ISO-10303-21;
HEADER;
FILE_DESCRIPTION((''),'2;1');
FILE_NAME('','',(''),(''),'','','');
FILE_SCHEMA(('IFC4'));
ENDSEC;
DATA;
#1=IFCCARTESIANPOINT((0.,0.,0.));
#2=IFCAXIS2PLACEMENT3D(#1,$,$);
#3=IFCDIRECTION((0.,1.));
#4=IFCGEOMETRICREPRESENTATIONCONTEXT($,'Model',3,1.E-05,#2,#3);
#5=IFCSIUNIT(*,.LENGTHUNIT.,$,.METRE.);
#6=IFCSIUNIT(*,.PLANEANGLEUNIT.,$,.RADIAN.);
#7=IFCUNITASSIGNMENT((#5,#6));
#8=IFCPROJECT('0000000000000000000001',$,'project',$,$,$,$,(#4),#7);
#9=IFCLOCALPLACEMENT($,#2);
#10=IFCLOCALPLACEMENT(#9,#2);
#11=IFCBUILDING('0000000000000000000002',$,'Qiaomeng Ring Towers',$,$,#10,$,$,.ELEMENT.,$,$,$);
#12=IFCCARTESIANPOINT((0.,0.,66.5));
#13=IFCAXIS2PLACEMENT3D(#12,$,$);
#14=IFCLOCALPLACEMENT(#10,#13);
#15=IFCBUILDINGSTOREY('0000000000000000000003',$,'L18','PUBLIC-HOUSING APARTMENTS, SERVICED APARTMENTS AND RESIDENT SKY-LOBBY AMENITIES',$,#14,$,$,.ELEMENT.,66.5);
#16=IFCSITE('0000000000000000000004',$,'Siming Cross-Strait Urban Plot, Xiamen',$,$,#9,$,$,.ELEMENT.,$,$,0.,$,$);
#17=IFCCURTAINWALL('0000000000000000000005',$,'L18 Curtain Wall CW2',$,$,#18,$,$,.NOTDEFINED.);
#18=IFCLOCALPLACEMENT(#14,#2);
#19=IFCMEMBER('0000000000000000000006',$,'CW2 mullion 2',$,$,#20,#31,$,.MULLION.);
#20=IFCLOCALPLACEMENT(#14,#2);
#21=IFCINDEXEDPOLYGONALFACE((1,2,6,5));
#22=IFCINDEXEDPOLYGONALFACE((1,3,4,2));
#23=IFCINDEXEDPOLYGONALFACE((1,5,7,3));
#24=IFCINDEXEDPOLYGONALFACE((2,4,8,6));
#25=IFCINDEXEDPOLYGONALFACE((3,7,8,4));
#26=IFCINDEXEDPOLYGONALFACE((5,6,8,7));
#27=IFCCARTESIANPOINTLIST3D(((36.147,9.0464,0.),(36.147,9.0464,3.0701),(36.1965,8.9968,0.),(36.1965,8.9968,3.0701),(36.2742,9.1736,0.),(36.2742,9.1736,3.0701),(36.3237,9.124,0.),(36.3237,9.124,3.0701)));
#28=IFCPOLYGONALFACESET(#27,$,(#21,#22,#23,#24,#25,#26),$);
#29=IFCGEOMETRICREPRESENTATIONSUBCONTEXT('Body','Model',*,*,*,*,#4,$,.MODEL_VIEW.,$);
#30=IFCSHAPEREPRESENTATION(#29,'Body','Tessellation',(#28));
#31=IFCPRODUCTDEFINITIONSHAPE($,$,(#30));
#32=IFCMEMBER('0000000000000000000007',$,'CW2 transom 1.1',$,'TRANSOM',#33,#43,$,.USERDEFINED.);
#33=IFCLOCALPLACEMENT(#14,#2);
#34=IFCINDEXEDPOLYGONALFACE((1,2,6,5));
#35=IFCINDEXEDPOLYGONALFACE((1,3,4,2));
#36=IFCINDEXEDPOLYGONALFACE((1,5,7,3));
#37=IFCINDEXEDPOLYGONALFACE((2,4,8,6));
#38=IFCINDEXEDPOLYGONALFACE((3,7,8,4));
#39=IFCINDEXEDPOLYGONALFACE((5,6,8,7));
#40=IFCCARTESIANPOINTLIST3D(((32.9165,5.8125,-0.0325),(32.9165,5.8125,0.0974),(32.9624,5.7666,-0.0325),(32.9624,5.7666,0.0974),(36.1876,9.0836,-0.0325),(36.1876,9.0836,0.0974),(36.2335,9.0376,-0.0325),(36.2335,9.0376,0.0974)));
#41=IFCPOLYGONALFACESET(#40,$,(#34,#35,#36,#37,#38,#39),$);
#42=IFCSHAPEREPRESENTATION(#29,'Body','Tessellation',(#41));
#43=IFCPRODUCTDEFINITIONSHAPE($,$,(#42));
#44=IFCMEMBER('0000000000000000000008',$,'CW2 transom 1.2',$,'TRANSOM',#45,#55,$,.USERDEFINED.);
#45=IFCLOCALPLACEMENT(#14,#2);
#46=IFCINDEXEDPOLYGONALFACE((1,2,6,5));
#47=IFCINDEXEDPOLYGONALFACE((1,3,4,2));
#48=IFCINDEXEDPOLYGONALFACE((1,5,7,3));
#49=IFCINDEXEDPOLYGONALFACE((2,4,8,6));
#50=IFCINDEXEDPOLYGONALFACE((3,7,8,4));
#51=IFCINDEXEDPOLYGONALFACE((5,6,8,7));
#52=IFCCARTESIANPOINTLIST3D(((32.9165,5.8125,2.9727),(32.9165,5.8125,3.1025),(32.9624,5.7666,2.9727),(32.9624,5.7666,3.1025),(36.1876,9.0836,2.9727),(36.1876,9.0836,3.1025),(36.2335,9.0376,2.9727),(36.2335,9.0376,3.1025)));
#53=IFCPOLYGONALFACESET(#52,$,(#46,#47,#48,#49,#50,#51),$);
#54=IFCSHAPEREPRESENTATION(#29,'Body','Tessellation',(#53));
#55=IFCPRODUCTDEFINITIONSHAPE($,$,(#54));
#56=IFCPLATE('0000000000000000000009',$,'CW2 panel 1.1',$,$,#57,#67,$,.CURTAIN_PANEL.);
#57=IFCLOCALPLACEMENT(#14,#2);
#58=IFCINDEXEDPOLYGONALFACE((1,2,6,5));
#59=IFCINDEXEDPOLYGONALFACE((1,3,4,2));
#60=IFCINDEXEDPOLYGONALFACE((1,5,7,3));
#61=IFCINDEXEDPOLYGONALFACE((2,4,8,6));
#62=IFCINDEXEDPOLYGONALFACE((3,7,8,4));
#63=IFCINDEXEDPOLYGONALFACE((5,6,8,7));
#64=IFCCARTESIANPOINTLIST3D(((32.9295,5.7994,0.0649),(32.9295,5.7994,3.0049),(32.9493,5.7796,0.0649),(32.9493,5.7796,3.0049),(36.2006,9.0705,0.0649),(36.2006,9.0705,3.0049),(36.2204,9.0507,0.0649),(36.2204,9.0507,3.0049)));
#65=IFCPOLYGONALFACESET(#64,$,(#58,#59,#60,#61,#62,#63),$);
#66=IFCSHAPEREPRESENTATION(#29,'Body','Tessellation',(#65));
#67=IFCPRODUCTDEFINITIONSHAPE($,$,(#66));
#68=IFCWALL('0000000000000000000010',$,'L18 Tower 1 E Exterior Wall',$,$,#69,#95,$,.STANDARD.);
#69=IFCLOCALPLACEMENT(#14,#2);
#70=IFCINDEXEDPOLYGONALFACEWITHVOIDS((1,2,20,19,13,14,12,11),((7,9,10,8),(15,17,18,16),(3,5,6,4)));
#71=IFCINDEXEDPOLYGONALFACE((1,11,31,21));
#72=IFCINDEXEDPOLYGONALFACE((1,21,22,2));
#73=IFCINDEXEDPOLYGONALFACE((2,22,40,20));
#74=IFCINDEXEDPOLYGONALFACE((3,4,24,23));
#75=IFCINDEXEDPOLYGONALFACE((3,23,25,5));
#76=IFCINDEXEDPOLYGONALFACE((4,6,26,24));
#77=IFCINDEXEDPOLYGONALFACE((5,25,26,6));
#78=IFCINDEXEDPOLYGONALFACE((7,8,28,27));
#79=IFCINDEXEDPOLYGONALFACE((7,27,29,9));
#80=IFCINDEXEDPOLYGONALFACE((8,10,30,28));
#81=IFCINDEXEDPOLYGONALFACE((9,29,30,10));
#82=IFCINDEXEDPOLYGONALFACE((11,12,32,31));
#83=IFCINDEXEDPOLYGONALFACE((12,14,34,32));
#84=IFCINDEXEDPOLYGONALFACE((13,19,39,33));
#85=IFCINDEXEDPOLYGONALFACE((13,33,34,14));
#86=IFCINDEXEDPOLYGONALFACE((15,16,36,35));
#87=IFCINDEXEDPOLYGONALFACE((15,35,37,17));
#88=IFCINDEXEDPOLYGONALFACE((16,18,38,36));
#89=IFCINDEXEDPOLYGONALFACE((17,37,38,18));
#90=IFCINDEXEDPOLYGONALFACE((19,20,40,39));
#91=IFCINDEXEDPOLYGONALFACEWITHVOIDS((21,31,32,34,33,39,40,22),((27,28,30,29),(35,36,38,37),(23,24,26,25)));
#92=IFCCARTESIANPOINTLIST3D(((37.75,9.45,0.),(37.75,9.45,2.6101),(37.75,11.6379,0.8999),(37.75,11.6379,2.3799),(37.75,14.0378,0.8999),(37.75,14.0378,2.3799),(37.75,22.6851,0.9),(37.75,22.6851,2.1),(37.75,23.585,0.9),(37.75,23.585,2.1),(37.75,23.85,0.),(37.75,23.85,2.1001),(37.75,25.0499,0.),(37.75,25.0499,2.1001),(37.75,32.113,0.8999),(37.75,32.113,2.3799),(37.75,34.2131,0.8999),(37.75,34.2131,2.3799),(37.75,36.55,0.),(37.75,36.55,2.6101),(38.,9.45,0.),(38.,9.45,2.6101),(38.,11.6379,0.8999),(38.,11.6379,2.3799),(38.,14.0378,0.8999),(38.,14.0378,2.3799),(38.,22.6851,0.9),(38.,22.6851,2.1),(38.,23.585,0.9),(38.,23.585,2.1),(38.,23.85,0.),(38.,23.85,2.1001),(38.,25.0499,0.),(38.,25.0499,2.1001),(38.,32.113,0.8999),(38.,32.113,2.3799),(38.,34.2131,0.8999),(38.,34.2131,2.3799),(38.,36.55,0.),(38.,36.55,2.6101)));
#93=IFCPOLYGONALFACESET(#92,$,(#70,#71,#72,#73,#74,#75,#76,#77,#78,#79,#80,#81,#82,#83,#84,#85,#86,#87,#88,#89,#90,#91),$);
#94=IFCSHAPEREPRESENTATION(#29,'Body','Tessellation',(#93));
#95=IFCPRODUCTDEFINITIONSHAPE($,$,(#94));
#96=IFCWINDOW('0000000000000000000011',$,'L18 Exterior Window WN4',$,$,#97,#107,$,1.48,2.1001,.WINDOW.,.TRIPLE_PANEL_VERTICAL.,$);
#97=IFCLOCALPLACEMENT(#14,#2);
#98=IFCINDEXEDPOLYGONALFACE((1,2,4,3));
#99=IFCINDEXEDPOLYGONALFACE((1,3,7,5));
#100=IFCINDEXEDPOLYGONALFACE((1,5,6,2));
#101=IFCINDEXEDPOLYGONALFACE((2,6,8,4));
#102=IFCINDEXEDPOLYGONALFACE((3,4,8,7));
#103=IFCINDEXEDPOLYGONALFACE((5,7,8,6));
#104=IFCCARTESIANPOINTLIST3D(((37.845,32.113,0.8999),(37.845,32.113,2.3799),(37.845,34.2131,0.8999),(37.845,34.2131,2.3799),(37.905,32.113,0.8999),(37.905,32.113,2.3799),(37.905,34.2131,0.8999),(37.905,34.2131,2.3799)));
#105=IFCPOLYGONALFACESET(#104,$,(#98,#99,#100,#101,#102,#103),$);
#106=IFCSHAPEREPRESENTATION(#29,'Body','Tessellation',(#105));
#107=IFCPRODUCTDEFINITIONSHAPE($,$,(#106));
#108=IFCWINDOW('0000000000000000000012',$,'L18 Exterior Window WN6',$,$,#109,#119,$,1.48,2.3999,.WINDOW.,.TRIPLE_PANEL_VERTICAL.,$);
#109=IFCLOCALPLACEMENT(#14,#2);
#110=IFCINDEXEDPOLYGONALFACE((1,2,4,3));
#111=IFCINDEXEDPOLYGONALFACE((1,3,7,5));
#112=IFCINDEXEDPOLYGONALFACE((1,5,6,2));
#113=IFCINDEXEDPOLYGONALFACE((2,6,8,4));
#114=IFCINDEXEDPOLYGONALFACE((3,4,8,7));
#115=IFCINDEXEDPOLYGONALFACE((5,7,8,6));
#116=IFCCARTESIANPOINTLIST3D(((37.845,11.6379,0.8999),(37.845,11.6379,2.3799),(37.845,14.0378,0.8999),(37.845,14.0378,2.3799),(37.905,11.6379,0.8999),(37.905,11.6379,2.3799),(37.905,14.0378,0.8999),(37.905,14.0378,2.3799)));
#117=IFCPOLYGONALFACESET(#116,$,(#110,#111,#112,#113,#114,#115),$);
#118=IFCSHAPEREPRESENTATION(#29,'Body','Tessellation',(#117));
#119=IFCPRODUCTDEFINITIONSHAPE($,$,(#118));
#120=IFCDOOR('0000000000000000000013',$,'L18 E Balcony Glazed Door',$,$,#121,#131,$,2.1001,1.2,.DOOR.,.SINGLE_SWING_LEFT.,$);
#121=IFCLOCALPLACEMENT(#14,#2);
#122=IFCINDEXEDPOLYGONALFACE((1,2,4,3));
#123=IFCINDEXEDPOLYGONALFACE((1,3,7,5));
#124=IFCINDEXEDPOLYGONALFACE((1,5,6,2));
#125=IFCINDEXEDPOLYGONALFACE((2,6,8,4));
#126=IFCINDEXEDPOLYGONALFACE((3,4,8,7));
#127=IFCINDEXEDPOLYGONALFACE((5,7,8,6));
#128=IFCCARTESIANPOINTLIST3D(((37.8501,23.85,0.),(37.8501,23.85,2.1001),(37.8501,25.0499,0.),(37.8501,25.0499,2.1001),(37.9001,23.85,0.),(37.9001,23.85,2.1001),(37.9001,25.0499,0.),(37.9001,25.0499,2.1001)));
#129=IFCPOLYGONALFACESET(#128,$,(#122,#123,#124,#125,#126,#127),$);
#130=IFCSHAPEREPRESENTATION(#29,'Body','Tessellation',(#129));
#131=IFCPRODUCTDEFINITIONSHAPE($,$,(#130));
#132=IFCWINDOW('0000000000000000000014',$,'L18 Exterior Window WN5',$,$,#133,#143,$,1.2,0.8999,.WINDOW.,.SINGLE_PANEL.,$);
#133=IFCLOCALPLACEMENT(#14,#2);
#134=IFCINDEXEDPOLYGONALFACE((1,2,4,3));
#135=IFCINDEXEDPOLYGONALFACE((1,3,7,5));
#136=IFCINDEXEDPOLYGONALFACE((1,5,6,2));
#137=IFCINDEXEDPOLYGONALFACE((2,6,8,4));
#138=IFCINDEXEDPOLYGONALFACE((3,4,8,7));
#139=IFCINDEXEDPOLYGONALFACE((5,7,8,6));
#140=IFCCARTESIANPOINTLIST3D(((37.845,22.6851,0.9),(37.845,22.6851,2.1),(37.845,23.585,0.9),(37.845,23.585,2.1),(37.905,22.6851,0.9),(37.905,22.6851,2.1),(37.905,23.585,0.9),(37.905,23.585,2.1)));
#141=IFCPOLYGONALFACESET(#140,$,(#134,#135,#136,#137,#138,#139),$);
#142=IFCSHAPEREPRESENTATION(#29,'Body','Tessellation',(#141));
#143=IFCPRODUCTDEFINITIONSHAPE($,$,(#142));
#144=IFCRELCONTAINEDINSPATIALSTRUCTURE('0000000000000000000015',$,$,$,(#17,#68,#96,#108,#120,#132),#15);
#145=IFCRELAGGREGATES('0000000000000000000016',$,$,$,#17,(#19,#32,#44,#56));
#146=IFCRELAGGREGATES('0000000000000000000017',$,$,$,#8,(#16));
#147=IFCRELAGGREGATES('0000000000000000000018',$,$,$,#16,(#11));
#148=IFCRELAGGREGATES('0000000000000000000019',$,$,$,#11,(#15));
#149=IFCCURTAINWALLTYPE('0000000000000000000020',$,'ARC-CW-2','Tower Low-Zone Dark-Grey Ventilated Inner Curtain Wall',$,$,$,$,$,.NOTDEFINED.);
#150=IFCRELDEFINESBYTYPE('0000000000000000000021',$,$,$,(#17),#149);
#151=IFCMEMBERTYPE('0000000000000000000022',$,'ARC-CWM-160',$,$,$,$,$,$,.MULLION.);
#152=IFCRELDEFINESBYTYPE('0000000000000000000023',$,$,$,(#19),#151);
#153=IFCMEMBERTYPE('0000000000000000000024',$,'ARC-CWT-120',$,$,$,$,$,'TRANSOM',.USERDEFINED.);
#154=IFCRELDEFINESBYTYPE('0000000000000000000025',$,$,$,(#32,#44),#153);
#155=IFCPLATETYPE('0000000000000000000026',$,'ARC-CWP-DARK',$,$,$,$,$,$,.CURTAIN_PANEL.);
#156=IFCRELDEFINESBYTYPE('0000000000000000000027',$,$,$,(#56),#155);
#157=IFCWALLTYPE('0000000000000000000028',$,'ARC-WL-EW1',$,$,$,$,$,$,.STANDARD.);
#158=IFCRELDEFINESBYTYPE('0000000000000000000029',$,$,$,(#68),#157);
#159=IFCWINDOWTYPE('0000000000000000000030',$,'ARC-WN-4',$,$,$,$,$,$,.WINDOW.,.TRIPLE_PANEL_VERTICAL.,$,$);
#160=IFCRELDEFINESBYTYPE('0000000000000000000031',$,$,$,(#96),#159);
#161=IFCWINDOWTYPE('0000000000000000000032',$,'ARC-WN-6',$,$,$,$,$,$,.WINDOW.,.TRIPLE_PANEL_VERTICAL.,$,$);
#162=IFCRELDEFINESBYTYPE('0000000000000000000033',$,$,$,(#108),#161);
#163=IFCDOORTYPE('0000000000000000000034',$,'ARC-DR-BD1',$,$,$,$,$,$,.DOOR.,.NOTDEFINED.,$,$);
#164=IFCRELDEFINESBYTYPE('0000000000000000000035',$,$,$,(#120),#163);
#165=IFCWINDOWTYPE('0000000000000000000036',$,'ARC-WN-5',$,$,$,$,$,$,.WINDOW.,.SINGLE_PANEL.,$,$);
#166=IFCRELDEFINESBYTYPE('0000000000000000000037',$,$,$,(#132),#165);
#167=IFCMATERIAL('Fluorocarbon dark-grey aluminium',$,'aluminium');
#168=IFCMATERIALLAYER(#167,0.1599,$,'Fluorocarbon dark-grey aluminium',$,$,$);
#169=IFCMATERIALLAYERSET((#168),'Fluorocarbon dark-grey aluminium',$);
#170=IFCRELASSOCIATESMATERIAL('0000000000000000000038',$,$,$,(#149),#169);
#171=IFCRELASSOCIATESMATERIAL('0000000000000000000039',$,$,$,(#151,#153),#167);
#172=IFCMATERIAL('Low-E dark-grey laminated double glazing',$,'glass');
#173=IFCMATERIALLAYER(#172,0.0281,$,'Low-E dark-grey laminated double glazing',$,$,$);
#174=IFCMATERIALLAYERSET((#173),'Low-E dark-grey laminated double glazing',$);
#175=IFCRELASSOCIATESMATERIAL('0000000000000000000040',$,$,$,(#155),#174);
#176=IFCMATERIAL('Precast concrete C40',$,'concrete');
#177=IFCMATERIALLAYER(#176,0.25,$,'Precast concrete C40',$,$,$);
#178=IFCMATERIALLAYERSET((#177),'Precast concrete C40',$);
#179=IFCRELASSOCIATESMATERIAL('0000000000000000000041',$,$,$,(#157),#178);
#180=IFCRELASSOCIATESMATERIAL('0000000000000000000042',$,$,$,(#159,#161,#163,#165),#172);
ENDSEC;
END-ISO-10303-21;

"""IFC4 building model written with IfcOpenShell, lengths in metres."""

from ifc_helpers import new_model, si_unit, direction, frame, frame_2d, origin, origin_2d, place, context, subcontext, project, spatial, rectangle, extrude, source, transform, mapped, material, layer, layer_set, material_profile, profile_set, type_object, element, fill, aggregate, save


model = new_model("IFC4")

# Units and contexts
model_context = context("Model", 3, precision=1e-05, world=origin(), true_north=direction((0.0, 1.0)))
body_context = subcontext(model_context, "Body", "Model", "MODEL_VIEW")
ifc_project = project(units=[si_unit("LENGTHUNIT", "METRE"), si_unit("PLANEANGLEUNIT", "RADIAN")], contexts=[model_context])

# Site, building, storey
site_placement = place(None, origin())
site = spatial("IfcSite", under=ifc_project, at=site_placement, Name="Siming Cross-Strait Urban Plot, Xiamen", CompositionType="ELEMENT", RefElevation=0.0)
building_placement = place(site_placement, origin())
building = spatial("IfcBuilding", under=site, at=building_placement, Name="Qiaomeng Ring Towers", CompositionType="ELEMENT")
storey_placement = place(building_placement, frame((0.0, 0.0, 66.5)))
storey = spatial("IfcBuildingStorey", under=building, at=storey_placement, Name="L18", Description="PUBLIC-HOUSING APARTMENTS, SERVICED APARTMENTS AND RESIDENT SKY-LOBBY AMENITIES", CompositionType="ELEMENT", Elevation=66.5)

# Curtain wall, members, plate
ifc_material_1 = material(Name="Fluorocarbon dark-grey aluminium", Category="aluminium")
ifc_layer_1 = layer(ifc_material_1, 0.1599, Name="Fluorocarbon dark-grey aluminium")
ifc_layer_set_1 = layer_set([ifc_layer_1], Name="Fluorocarbon dark-grey aluminium")
curtain_wall_type = type_object("IfcCurtainWallType", Name="ARC-CW-2", Description="Tower Low-Zone Dark-Grey Ventilated Inner Curtain Wall", PredefinedType="NOTDEFINED", material=ifc_layer_set_1)
curtain_wall_placement = place(storey_placement, origin())
curtain_wall = element("IfcCurtainWall", 1, at=curtain_wall_placement, inside=storey, type_object=curtain_wall_type, Name="L18 Curtain Wall CW2", PredefinedType="NOTDEFINED")
ifc_material_profile_1 = material_profile(ifc_material_1, rectangle(XDim=0.0701, YDim=0.1799, at=origin_2d()), Name="ALU MULL 70x180")
ifc_profile_set_1 = profile_set([ifc_material_profile_1], Name="Fluorocarbon dark-grey aluminium")
member_type_1 = type_object("IfcMemberType", Name="ARC-CWM-160", PredefinedType="MULLION", material=ifc_profile_set_1)
shared_shape_1 = source(origin(), body_context, "Body", "SweptSolid", [
    extrude(rectangle(XDim=0.0701, YDim=0.1799, at=origin_2d()), origin(), (0.0, 0.0, 1.0), 3.0701),
])
member_1_placement = place(storey_placement, frame((36.2354, 9.0852, 0.0), z_axis=(0.0, 0.0, 1.0), x_axis=(-0.707107, 0.707107, 0.0)))
member_1 = element("IfcMember", 2, at=member_1_placement, type_object=member_type_1, Name="CW2 mullion 2", PredefinedType="MULLION", context=body_context, shape_type="MappedRepresentation", body=[
    mapped(shared_shape_1, transform((0.0, 0.0, 0.0), x_axis=(1.0, 0.0, 0.0), y_axis=(0.0, 1.0, 0.0), z_axis=(0.0, 0.0, 1.0), scale=1.0)),
])
ifc_material_profile_2 = material_profile(ifc_material_1, rectangle(XDim=0.0649, YDim=0.1299, at=origin_2d()), Name="ALU TRAN 65x130")
ifc_profile_set_2 = profile_set([ifc_material_profile_2], Name="Fluorocarbon dark-grey aluminium")
member_type_2 = type_object("IfcMemberType", Name="ARC-CWT-120", ElementType="TRANSOM", PredefinedType="USERDEFINED", material=ifc_profile_set_2)
shared_shape_2 = source(origin(), body_context, "Body", "SweptSolid", [
    extrude(rectangle(XDim=0.0649, YDim=0.1299, at=origin_2d()), origin(), (0.0, 0.0, 1.0), 4.626),
])
member_2_placement = place(storey_placement, frame((32.9395, 5.7896, 0.0325), z_axis=(0.707107, 0.707107, 0.0), x_axis=(-0.707107, 0.707107, 0.0)))
member_2 = element("IfcMember", 3, at=member_2_placement, type_object=member_type_2, Name="CW2 transom 1.1", ObjectType="TRANSOM", PredefinedType="USERDEFINED", context=body_context, shape_type="MappedRepresentation", body=[
    mapped(shared_shape_2, transform((0.0, 0.0, 0.0), x_axis=(1.0, 0.0, 0.0), y_axis=(0.0, 1.0, 0.0), z_axis=(0.0, 0.0, 1.0), scale=1.0)),
])
member_3_placement = place(storey_placement, frame((32.9395, 5.7896, 3.0376), z_axis=(0.707107, 0.707107, 0.0), x_axis=(-0.707107, 0.707107, 0.0)))
member_3 = element("IfcMember", 4, at=member_3_placement, type_object=member_type_2, Name="CW2 transom 1.2", ObjectType="TRANSOM", PredefinedType="USERDEFINED", context=body_context, shape_type="MappedRepresentation", body=[
    mapped(shared_shape_2, transform((0.0, 0.0, 0.0), x_axis=(1.0, 0.0, 0.0), y_axis=(0.0, 1.0, 0.0), z_axis=(0.0, 0.0, 1.0), scale=1.0)),
])
ifc_material_2 = material(Name="Low-E dark-grey laminated double glazing", Category="glass")
ifc_layer_2 = layer(ifc_material_2, 0.0281, Name="Low-E dark-grey laminated double glazing")
ifc_layer_set_2 = layer_set([ifc_layer_2], Name="Low-E dark-grey laminated double glazing")
plate_type = type_object("IfcPlateType", Name="ARC-CWP-DARK", PredefinedType="CURTAIN_PANEL", material=ifc_layer_set_2)
shared_shape_3 = source(origin(), body_context, "Body", "SweptSolid", [
    extrude(rectangle(XDim=4.626, YDim=0.0281, at=origin_2d()), origin(), (0.0, 0.0, 1.0), 2.9399),
])
plate_placement = place(storey_placement, frame((34.575, 7.425, 0.0649), z_axis=(0.0, 0.0, 1.0), x_axis=(0.707107, 0.707107, 0.0)))
plate = element("IfcPlate", 5, at=plate_placement, type_object=plate_type, Name="CW2 panel 1.1", PredefinedType="CURTAIN_PANEL", context=body_context, shape_type="MappedRepresentation", body=[
    mapped(shared_shape_3, transform((0.0, 0.0, 0.0), x_axis=(1.0, 0.0, 0.0), y_axis=(0.0, 1.0, 0.0), z_axis=(0.0, 0.0, 1.0), scale=1.0)),
])
aggregate(curtain_wall, [member_1, member_2, member_3, plate])

# Wall, openings, windows, door
ifc_material_3 = material(Name="Precast concrete C40", Category="concrete")
ifc_layer_3 = layer(ifc_material_3, 0.25, Name="Precast concrete C40")
ifc_layer_set_3 = layer_set([ifc_layer_3], Name="Precast concrete C40")
wall_type_1 = type_object("IfcWallType", Name="ARC-WL-EW1", PredefinedType="STANDARD", material=ifc_layer_set_3)
wall_1_placement = place(storey_placement, frame((37.875, 9.45, 0.0), z_axis=(0.0, 0.0, 1.0), x_axis=(0.0, 1.0, 0.0)))
wall_1 = element("IfcWall", 6, at=wall_1_placement, inside=storey, type_object=wall_type_1, Name="L18 Tower 1 E Exterior Wall", PredefinedType="STANDARD", context=body_context, shape_type="SweptSolid", body=[
    extrude(rectangle(XDim=27.1001, YDim=0.25, at=frame_2d((13.55, 0.0))), origin(), (0.0, 0.0, 1.0), 2.6101),
])
opening_1_placement = place(wall_1_placement, frame((14.3999, 0.0, 0.0)))
opening_1 = element("IfcOpeningElement", 7, at=opening_1_placement, cuts=wall_1, PredefinedType="OPENING", context=body_context, shape_type="SweptSolid", body=[
    extrude(rectangle(XDim=1.2, YDim=2.1001, at=frame_2d((0.6001, 1.05))), frame((0.0, 0.135, 0.0), z_axis=(0.0, -1.0, 0.0), x_axis=(1.0, 0.0, 0.0)), (0.0, 0.0, 1.0), 0.27),
])
opening_2_placement = place(wall_1_placement, frame((2.188, 0.0, 0.8999)))
opening_2 = element("IfcOpeningElement", 8, at=opening_2_placement, cuts=wall_1, PredefinedType="OPENING", context=body_context, shape_type="SweptSolid", body=[
    extrude(rectangle(XDim=2.3999, YDim=1.48, at=frame_2d((1.2, 0.74))), frame((0.0, 0.135, 0.0), z_axis=(0.0, -1.0, 0.0), x_axis=(1.0, 0.0, 0.0)), (0.0, 0.0, 1.0), 0.27),
])
opening_3_placement = place(wall_1_placement, frame((22.6631, 0.0, 0.8999)))
opening_3 = element("IfcOpeningElement", 9, at=opening_3_placement, cuts=wall_1, PredefinedType="OPENING", context=body_context, shape_type="SweptSolid", body=[
    extrude(rectangle(XDim=2.1001, YDim=1.48, at=frame_2d((1.05, 0.74))), frame((0.0, 0.135, 0.0), z_axis=(0.0, -1.0, 0.0), x_axis=(1.0, 0.0, 0.0)), (0.0, 0.0, 1.0), 0.27),
])
opening_4_placement = place(wall_1_placement, frame((13.2351, 0.0, 0.8999)))
opening_4 = element("IfcOpeningElement", 10, at=opening_4_placement, cuts=wall_1, PredefinedType="OPENING", context=body_context, shape_type="SweptSolid", body=[
    extrude(rectangle(XDim=0.8999, YDim=1.2, at=frame_2d((0.45, 0.6001))), frame((0.0, 0.135, 0.0), z_axis=(0.0, -1.0, 0.0), x_axis=(1.0, 0.0, 0.0)), (0.0, 0.0, 1.0), 0.27),
])
window_type_1 = type_object("IfcWindowType", Name="ARC-WN-4", PartitioningType="TRIPLE_PANEL_VERTICAL", PredefinedType="WINDOW", material=ifc_material_2)
shared_shape_4 = source(origin(), body_context, "Body", "SweptSolid", [
    extrude(rectangle(XDim=2.1001, YDim=1.48, at=frame_2d((1.05, 0.74))), frame((0.0, 0.03, 0.0), z_axis=(0.0, -1.0, 0.0), x_axis=(1.0, 0.0, 0.0)), (0.0, 0.0, 1.0), 0.0601),
])
window_1_placement = place(opening_3_placement, origin())
window_1 = element("IfcWindow", 11, at=window_1_placement, inside=storey, type_object=window_type_1, Name="L18 Exterior Window WN4", OverallHeight=1.48, OverallWidth=2.1001, PartitioningType="TRIPLE_PANEL_VERTICAL", PredefinedType="WINDOW", context=body_context, shape_type="MappedRepresentation", body=[
    mapped(shared_shape_4, transform((0.0, 0.0, 0.0), x_axis=(1.0, 0.0, 0.0), y_axis=(0.0, 1.0, 0.0), z_axis=(0.0, 0.0, 1.0), scale=1.0)),
])
fill(opening_3, window_1)
window_type_2 = type_object("IfcWindowType", Name="ARC-WN-6", PartitioningType="TRIPLE_PANEL_VERTICAL", PredefinedType="WINDOW", material=ifc_material_2)
shared_shape_5 = source(origin(), body_context, "Body", "SweptSolid", [
    extrude(rectangle(XDim=2.3999, YDim=1.48, at=frame_2d((1.2, 0.74))), frame((0.0, 0.03, 0.0), z_axis=(0.0, -1.0, 0.0), x_axis=(1.0, 0.0, 0.0)), (0.0, 0.0, 1.0), 0.0601),
])
window_2_placement = place(opening_2_placement, origin())
window_2 = element("IfcWindow", 12, at=window_2_placement, inside=storey, type_object=window_type_2, Name="L18 Exterior Window WN6", OverallHeight=1.48, OverallWidth=2.3999, PartitioningType="TRIPLE_PANEL_VERTICAL", PredefinedType="WINDOW", context=body_context, shape_type="MappedRepresentation", body=[
    mapped(shared_shape_5, transform((0.0, 0.0, 0.0), x_axis=(1.0, 0.0, 0.0), y_axis=(0.0, 1.0, 0.0), z_axis=(0.0, 0.0, 1.0), scale=1.0)),
])
fill(opening_2, window_2)
door_type_1 = type_object("IfcDoorType", Name="ARC-DR-BD1", OperationType="NOTDEFINED", PredefinedType="DOOR", material=ifc_material_2)
shared_shape_6 = source(origin(), body_context, "Body", "SweptSolid", [
    extrude(rectangle(XDim=1.2, YDim=2.1001, at=frame_2d((0.6001, 1.05))), frame((0.0, 0.0249, 0.0), z_axis=(0.0, -1.0, 0.0), x_axis=(1.0, 0.0, 0.0)), (0.0, 0.0, 1.0), 0.05),
])
door_1_placement = place(opening_1_placement, origin())
door_1 = element("IfcDoor", 13, at=door_1_placement, inside=storey, type_object=door_type_1, Name="L18 E Balcony Glazed Door", OperationType="SINGLE_SWING_LEFT", OverallHeight=2.1001, OverallWidth=1.2, PredefinedType="DOOR", context=body_context, shape_type="MappedRepresentation", body=[
    mapped(shared_shape_6, transform((0.0, 0.0, 0.0), x_axis=(1.0, 0.0, 0.0), y_axis=(0.0, 1.0, 0.0), z_axis=(0.0, 0.0, 1.0), scale=1.0)),
])
fill(opening_1, door_1)
window_type_3 = type_object("IfcWindowType", Name="ARC-WN-5", PartitioningType="SINGLE_PANEL", PredefinedType="WINDOW", material=ifc_material_2)
shared_shape_7 = source(origin(), body_context, "Body", "SweptSolid", [
    extrude(rectangle(XDim=0.8999, YDim=1.2, at=frame_2d((0.45, 0.6001))), frame((0.0, 0.03, 0.0), z_axis=(0.0, -1.0, 0.0), x_axis=(1.0, 0.0, 0.0)), (0.0, 0.0, 1.0), 0.0601),
])
window_3_placement = place(opening_4_placement, origin())
window_3 = element("IfcWindow", 14, at=window_3_placement, inside=storey, type_object=window_type_3, Name="L18 Exterior Window WN5", OverallHeight=1.2, OverallWidth=0.8999, PartitioningType="SINGLE_PANEL", PredefinedType="WINDOW", context=body_context, shape_type="MappedRepresentation", body=[
    mapped(shared_shape_7, transform((0.0, 0.0, 0.0), x_axis=(1.0, 0.0, 0.0), y_axis=(0.0, 1.0, 0.0), z_axis=(0.0, 0.0, 1.0), scale=1.0)),
])
fill(opening_4, window_3)

save(model, "model.ifc")
